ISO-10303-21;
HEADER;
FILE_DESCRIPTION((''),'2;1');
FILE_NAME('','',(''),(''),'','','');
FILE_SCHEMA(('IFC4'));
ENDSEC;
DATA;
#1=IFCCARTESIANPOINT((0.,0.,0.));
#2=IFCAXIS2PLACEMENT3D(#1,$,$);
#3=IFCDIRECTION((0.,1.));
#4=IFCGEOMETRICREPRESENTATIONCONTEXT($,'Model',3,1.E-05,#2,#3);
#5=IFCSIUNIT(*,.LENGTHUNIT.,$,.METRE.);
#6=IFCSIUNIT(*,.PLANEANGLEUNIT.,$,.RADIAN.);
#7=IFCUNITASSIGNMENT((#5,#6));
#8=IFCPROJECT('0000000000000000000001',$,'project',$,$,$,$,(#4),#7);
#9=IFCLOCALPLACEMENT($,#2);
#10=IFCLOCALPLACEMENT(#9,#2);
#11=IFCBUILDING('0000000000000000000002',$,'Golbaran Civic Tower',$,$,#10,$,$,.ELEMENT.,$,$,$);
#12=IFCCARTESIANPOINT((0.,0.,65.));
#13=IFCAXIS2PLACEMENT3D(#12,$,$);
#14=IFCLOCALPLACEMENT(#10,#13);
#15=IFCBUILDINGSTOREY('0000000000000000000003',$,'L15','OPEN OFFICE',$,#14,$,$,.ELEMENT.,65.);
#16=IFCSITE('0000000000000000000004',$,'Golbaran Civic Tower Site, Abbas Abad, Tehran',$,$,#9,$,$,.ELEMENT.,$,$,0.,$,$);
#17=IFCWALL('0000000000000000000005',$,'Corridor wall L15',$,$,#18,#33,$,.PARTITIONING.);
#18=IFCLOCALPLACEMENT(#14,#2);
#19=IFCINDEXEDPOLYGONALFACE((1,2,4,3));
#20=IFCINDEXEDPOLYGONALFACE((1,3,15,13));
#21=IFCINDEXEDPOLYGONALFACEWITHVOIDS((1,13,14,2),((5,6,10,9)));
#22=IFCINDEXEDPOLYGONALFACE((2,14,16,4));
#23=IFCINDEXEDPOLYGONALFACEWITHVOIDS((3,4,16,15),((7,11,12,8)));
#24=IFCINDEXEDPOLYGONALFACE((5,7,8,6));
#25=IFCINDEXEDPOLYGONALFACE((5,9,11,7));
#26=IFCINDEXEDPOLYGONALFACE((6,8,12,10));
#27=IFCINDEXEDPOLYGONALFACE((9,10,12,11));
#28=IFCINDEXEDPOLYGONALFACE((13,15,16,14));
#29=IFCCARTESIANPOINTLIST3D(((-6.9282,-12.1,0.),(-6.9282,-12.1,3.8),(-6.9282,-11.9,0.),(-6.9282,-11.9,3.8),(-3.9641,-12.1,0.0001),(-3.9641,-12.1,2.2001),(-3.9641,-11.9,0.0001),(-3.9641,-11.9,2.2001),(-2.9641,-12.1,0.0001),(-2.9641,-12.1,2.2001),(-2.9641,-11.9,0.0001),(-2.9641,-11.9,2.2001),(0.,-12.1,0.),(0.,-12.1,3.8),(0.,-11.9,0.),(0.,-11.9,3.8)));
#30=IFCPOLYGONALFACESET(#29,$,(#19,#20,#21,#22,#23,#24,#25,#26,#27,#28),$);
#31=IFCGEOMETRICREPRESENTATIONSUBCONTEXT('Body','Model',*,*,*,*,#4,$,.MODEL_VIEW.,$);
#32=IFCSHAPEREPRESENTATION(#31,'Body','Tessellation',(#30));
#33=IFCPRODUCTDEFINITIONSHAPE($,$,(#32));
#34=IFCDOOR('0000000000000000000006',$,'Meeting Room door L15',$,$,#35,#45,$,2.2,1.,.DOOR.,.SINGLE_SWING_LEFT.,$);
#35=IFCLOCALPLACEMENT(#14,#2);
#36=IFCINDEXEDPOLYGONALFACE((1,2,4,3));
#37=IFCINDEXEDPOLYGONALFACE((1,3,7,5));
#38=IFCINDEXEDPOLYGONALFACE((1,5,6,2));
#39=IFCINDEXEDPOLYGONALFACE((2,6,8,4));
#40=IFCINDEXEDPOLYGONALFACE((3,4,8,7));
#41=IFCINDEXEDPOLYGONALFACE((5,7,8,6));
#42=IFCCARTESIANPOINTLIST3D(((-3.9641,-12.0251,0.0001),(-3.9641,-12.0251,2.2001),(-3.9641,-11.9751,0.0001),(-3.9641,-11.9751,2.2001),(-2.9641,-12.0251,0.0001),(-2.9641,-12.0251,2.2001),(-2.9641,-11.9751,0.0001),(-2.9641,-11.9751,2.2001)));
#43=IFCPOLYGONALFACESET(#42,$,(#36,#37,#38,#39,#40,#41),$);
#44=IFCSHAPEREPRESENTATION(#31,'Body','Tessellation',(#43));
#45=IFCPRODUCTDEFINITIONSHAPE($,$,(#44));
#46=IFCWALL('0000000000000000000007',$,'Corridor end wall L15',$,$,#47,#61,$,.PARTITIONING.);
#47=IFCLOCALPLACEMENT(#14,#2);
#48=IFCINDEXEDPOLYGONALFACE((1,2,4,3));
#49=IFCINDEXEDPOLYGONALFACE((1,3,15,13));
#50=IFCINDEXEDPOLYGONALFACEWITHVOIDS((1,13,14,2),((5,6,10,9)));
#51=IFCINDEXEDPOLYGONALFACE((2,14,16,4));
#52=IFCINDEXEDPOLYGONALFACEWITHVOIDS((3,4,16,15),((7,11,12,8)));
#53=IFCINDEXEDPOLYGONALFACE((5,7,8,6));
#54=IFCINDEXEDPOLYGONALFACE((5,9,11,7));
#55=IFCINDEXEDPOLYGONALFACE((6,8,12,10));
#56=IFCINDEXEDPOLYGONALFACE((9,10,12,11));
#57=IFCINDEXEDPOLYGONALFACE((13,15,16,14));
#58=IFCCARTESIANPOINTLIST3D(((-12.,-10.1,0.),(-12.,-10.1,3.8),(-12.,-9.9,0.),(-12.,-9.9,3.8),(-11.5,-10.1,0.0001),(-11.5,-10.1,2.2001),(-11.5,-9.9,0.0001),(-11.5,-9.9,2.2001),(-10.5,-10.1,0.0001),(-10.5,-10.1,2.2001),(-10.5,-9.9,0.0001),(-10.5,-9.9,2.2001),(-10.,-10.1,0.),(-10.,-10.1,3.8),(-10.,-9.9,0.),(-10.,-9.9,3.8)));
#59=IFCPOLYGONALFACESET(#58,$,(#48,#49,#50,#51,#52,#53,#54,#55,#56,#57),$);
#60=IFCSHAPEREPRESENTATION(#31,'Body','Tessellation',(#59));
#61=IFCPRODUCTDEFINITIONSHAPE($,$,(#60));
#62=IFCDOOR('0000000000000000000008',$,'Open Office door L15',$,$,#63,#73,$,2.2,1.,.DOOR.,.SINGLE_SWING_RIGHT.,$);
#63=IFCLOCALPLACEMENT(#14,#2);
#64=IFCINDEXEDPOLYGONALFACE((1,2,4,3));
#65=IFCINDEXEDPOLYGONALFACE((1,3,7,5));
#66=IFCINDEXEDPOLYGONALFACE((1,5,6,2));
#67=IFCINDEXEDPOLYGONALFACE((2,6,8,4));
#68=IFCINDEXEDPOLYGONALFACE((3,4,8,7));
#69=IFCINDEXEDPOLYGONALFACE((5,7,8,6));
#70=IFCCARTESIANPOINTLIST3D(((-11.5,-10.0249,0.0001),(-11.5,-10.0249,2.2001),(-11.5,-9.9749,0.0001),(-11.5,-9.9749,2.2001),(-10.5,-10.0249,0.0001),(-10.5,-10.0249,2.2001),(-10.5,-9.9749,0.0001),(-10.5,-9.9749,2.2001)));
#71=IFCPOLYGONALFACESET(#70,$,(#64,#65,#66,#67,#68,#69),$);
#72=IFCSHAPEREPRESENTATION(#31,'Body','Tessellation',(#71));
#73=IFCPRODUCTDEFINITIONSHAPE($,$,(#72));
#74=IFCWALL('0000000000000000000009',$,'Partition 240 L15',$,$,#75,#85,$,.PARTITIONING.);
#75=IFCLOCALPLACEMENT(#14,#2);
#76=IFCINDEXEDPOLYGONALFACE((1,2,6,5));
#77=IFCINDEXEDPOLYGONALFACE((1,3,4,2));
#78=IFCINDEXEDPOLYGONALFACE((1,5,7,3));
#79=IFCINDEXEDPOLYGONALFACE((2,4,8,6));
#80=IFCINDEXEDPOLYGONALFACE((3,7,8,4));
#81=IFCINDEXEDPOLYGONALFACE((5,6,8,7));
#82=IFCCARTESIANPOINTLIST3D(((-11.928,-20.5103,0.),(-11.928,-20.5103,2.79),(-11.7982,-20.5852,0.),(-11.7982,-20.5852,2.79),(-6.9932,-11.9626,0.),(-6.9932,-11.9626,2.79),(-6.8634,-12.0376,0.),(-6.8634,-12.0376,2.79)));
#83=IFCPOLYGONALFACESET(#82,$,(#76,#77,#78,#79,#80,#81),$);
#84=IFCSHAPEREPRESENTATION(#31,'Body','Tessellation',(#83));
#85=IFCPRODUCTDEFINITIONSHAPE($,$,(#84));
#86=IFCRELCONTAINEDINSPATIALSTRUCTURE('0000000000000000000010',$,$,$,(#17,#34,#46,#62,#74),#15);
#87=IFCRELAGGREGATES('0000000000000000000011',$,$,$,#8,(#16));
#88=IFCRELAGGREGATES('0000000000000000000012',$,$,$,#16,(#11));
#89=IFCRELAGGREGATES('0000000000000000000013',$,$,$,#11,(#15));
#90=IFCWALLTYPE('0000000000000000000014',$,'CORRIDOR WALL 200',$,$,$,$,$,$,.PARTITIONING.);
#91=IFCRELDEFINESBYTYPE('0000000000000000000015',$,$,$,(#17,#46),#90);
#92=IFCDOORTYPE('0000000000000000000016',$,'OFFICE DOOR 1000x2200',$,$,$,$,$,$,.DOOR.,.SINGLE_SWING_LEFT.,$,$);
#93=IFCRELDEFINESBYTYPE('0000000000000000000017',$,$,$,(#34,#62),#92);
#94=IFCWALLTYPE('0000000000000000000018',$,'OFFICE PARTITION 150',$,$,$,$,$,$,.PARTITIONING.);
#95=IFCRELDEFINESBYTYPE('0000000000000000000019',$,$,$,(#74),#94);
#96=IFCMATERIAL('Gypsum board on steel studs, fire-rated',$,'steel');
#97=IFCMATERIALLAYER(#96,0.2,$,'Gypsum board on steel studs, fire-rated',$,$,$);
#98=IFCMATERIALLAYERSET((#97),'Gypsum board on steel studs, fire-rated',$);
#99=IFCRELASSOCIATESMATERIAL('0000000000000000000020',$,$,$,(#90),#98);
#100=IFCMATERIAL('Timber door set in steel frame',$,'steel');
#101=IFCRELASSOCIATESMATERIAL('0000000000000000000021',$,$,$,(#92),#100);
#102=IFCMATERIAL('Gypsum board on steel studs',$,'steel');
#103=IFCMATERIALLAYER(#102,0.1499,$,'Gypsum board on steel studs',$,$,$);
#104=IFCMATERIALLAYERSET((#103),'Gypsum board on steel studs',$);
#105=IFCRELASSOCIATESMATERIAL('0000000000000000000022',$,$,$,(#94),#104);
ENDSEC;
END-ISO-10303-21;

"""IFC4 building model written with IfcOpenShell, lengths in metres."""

from ifc_helpers import new_model, si_unit, direction, frame, frame_2d, origin, place, context, subcontext, project, spatial, rectangle, extrude, material, layer, layer_set, type_object, element, fill, save


model = new_model("IFC4")

# Units and contexts
model_context = context("Model", 3, precision=1e-05, world=origin(), true_north=direction((0.0, 1.0)))
body_context = subcontext(model_context, "Body", "Model", "MODEL_VIEW")
ifc_project = project(units=[si_unit("LENGTHUNIT", "METRE"), si_unit("PLANEANGLEUNIT", "RADIAN")], contexts=[model_context])

# Site, building, storey
site_placement = place(None, origin())
site = spatial("IfcSite", under=ifc_project, at=site_placement, Name="Golbaran Civic Tower Site, Abbas Abad, Tehran", CompositionType="ELEMENT", RefElevation=0.0)
building_placement = place(site_placement, origin())
building = spatial("IfcBuilding", under=site, at=building_placement, Name="Golbaran Civic Tower", CompositionType="ELEMENT")
storey_placement = place(building_placement, frame((0.0, 0.0, 65.0)))
storey = spatial("IfcBuildingStorey", under=building, at=storey_placement, Name="L15", Description="OPEN OFFICE", CompositionType="ELEMENT", Elevation=65.0)

# Shared definitions
ifc_material_1 = material(Name="Timber door set in steel frame", Category="steel")

# Shared definitions
ifc_material_2 = material(Name="Gypsum board on steel studs, fire-rated", Category="steel")
ifc_layer_1 = layer(ifc_material_2, 0.2, Name="Gypsum board on steel studs, fire-rated")
ifc_layer_set_1 = layer_set([ifc_layer_1], Name="Gypsum board on steel studs, fire-rated")
wall_type_1 = type_object("IfcWallType", Name="CORRIDOR WALL 200", PredefinedType="PARTITIONING", material=ifc_layer_set_1)

# Walls, openings, doors
wall_1_placement = place(storey_placement, frame((-6.9282, -12.0, 0.0), z_axis=(0.0, 0.0, 1.0), x_axis=(1.0, 0.0, 0.0)))
wall_1 = element("IfcWall", 1, at=wall_1_placement, inside=storey, type_object=wall_type_1, Name="Corridor wall L15", PredefinedType="PARTITIONING", context=body_context, shape_type="SweptSolid", body=[
    extrude(rectangle(XDim=6.9282, YDim=0.2, at=frame_2d((3.4641, 0.0))), origin(), (0.0, 0.0, 1.0), 3.8),
])
opening_1_placement = place(wall_1_placement, frame((2.9641, 0.0, 0.0)))
opening_1 = element("IfcOpeningElement", 2, at=opening_1_placement, cuts=wall_1, PredefinedType="OPENING", context=body_context, shape_type="SweptSolid", body=[
    extrude(rectangle(XDim=1.0, YDim=2.2, at=frame_2d((0.5, 1.1001))), frame((0.0, 0.1099, 0.0), z_axis=(0.0, -1.0, 0.0), x_axis=(1.0, 0.0, 0.0)), (0.0, 0.0, 1.0), 0.22),
])
door_type_1 = type_object("IfcDoorType", Name="OFFICE DOOR 1000x2200", OperationType="SINGLE_SWING_LEFT", PredefinedType="DOOR", material=ifc_material_1)
door_1_placement = place(opening_1_placement, origin())
door_1 = element("IfcDoor", 3, at=door_1_placement, inside=storey, type_object=door_type_1, Name="Meeting Room door L15", OperationType="SINGLE_SWING_LEFT", OverallHeight=2.2, OverallWidth=1.0, PredefinedType="DOOR", context=body_context, shape_type="SweptSolid", body=[
    extrude(rectangle(XDim=1.0, YDim=2.2, at=frame_2d((0.5, 1.1001))), frame((0.0, 0.0249, 0.0), z_axis=(0.0, -1.0, 0.0), x_axis=(1.0, 0.0, 0.0)), (0.0, 0.0, 1.0), 0.05),
])
fill(opening_1, door_1)
wall_2_placement = place(storey_placement, frame((-10.0, -10.0, 0.0), z_axis=(0.0, 0.0, 1.0), x_axis=(-1.0, 0.0, 0.0)))
wall_2 = element("IfcWall", 4, at=wall_2_placement, inside=storey, type_object=wall_type_1, Name="Corridor end wall L15", PredefinedType="PARTITIONING", context=body_context, shape_type="SweptSolid", body=[
    extrude(rectangle(XDim=2.0, YDim=0.2, at=frame_2d((1.0, 0.0))), origin(), (0.0, 0.0, 1.0), 3.8),
])
opening_2_placement = place(wall_2_placement, frame((0.5, 0.0, 0.0)))
opening_2 = element("IfcOpeningElement", 5, at=opening_2_placement, cuts=wall_2, PredefinedType="OPENING", context=body_context, shape_type="SweptSolid", body=[
    extrude(rectangle(XDim=1.0, YDim=2.2, at=frame_2d((0.5, 1.1001))), frame((0.0, 0.1099, 0.0), z_axis=(0.0, -1.0, 0.0), x_axis=(1.0, 0.0, 0.0)), (0.0, 0.0, 1.0), 0.22),
])
door_2_placement = place(opening_2_placement, origin())
door_2 = element("IfcDoor", 6, at=door_2_placement, inside=storey, type_object=door_type_1, Name="Open Office door L15", OperationType="SINGLE_SWING_RIGHT", OverallHeight=2.2, OverallWidth=1.0, PredefinedType="DOOR", context=body_context, shape_type="SweptSolid", body=[
    extrude(rectangle(XDim=1.0, YDim=2.2, at=frame_2d((0.5, 1.1001))), frame((0.0, 0.0249, 0.0), z_axis=(0.0, -1.0, 0.0), x_axis=(1.0, 0.0, 0.0)), (0.0, 0.0, 1.0), 0.05),
])
fill(opening_2, door_2)

# Wall
ifc_material_3 = material(Name="Gypsum board on steel studs", Category="steel")
ifc_layer_2 = layer(ifc_material_3, 0.1499, Name="Gypsum board on steel studs")
ifc_layer_set_2 = layer_set([ifc_layer_2], Name="Gypsum board on steel studs")
wall_type_2 = type_object("IfcWallType", Name="OFFICE PARTITION 150", PredefinedType="PARTITIONING", material=ifc_layer_set_2)
wall_3_placement = place(storey_placement, frame((-6.9282, -12.0, 0.0), z_axis=(0.0, 0.0, 1.0), x_axis=(-0.499989, -0.866032, 0.0)))
element("IfcWall", 7, at=wall_3_placement, inside=storey, type_object=wall_type_2, Name="Partition 240 L15", PredefinedType="PARTITIONING", context=body_context, shape_type="SweptSolid", body=[
    extrude(rectangle(XDim=9.8699, YDim=0.1499, at=frame_2d((4.9351, 0.0))), origin(), (0.0, 0.0, 1.0), 2.79),
])

save(model, "model.ifc")
